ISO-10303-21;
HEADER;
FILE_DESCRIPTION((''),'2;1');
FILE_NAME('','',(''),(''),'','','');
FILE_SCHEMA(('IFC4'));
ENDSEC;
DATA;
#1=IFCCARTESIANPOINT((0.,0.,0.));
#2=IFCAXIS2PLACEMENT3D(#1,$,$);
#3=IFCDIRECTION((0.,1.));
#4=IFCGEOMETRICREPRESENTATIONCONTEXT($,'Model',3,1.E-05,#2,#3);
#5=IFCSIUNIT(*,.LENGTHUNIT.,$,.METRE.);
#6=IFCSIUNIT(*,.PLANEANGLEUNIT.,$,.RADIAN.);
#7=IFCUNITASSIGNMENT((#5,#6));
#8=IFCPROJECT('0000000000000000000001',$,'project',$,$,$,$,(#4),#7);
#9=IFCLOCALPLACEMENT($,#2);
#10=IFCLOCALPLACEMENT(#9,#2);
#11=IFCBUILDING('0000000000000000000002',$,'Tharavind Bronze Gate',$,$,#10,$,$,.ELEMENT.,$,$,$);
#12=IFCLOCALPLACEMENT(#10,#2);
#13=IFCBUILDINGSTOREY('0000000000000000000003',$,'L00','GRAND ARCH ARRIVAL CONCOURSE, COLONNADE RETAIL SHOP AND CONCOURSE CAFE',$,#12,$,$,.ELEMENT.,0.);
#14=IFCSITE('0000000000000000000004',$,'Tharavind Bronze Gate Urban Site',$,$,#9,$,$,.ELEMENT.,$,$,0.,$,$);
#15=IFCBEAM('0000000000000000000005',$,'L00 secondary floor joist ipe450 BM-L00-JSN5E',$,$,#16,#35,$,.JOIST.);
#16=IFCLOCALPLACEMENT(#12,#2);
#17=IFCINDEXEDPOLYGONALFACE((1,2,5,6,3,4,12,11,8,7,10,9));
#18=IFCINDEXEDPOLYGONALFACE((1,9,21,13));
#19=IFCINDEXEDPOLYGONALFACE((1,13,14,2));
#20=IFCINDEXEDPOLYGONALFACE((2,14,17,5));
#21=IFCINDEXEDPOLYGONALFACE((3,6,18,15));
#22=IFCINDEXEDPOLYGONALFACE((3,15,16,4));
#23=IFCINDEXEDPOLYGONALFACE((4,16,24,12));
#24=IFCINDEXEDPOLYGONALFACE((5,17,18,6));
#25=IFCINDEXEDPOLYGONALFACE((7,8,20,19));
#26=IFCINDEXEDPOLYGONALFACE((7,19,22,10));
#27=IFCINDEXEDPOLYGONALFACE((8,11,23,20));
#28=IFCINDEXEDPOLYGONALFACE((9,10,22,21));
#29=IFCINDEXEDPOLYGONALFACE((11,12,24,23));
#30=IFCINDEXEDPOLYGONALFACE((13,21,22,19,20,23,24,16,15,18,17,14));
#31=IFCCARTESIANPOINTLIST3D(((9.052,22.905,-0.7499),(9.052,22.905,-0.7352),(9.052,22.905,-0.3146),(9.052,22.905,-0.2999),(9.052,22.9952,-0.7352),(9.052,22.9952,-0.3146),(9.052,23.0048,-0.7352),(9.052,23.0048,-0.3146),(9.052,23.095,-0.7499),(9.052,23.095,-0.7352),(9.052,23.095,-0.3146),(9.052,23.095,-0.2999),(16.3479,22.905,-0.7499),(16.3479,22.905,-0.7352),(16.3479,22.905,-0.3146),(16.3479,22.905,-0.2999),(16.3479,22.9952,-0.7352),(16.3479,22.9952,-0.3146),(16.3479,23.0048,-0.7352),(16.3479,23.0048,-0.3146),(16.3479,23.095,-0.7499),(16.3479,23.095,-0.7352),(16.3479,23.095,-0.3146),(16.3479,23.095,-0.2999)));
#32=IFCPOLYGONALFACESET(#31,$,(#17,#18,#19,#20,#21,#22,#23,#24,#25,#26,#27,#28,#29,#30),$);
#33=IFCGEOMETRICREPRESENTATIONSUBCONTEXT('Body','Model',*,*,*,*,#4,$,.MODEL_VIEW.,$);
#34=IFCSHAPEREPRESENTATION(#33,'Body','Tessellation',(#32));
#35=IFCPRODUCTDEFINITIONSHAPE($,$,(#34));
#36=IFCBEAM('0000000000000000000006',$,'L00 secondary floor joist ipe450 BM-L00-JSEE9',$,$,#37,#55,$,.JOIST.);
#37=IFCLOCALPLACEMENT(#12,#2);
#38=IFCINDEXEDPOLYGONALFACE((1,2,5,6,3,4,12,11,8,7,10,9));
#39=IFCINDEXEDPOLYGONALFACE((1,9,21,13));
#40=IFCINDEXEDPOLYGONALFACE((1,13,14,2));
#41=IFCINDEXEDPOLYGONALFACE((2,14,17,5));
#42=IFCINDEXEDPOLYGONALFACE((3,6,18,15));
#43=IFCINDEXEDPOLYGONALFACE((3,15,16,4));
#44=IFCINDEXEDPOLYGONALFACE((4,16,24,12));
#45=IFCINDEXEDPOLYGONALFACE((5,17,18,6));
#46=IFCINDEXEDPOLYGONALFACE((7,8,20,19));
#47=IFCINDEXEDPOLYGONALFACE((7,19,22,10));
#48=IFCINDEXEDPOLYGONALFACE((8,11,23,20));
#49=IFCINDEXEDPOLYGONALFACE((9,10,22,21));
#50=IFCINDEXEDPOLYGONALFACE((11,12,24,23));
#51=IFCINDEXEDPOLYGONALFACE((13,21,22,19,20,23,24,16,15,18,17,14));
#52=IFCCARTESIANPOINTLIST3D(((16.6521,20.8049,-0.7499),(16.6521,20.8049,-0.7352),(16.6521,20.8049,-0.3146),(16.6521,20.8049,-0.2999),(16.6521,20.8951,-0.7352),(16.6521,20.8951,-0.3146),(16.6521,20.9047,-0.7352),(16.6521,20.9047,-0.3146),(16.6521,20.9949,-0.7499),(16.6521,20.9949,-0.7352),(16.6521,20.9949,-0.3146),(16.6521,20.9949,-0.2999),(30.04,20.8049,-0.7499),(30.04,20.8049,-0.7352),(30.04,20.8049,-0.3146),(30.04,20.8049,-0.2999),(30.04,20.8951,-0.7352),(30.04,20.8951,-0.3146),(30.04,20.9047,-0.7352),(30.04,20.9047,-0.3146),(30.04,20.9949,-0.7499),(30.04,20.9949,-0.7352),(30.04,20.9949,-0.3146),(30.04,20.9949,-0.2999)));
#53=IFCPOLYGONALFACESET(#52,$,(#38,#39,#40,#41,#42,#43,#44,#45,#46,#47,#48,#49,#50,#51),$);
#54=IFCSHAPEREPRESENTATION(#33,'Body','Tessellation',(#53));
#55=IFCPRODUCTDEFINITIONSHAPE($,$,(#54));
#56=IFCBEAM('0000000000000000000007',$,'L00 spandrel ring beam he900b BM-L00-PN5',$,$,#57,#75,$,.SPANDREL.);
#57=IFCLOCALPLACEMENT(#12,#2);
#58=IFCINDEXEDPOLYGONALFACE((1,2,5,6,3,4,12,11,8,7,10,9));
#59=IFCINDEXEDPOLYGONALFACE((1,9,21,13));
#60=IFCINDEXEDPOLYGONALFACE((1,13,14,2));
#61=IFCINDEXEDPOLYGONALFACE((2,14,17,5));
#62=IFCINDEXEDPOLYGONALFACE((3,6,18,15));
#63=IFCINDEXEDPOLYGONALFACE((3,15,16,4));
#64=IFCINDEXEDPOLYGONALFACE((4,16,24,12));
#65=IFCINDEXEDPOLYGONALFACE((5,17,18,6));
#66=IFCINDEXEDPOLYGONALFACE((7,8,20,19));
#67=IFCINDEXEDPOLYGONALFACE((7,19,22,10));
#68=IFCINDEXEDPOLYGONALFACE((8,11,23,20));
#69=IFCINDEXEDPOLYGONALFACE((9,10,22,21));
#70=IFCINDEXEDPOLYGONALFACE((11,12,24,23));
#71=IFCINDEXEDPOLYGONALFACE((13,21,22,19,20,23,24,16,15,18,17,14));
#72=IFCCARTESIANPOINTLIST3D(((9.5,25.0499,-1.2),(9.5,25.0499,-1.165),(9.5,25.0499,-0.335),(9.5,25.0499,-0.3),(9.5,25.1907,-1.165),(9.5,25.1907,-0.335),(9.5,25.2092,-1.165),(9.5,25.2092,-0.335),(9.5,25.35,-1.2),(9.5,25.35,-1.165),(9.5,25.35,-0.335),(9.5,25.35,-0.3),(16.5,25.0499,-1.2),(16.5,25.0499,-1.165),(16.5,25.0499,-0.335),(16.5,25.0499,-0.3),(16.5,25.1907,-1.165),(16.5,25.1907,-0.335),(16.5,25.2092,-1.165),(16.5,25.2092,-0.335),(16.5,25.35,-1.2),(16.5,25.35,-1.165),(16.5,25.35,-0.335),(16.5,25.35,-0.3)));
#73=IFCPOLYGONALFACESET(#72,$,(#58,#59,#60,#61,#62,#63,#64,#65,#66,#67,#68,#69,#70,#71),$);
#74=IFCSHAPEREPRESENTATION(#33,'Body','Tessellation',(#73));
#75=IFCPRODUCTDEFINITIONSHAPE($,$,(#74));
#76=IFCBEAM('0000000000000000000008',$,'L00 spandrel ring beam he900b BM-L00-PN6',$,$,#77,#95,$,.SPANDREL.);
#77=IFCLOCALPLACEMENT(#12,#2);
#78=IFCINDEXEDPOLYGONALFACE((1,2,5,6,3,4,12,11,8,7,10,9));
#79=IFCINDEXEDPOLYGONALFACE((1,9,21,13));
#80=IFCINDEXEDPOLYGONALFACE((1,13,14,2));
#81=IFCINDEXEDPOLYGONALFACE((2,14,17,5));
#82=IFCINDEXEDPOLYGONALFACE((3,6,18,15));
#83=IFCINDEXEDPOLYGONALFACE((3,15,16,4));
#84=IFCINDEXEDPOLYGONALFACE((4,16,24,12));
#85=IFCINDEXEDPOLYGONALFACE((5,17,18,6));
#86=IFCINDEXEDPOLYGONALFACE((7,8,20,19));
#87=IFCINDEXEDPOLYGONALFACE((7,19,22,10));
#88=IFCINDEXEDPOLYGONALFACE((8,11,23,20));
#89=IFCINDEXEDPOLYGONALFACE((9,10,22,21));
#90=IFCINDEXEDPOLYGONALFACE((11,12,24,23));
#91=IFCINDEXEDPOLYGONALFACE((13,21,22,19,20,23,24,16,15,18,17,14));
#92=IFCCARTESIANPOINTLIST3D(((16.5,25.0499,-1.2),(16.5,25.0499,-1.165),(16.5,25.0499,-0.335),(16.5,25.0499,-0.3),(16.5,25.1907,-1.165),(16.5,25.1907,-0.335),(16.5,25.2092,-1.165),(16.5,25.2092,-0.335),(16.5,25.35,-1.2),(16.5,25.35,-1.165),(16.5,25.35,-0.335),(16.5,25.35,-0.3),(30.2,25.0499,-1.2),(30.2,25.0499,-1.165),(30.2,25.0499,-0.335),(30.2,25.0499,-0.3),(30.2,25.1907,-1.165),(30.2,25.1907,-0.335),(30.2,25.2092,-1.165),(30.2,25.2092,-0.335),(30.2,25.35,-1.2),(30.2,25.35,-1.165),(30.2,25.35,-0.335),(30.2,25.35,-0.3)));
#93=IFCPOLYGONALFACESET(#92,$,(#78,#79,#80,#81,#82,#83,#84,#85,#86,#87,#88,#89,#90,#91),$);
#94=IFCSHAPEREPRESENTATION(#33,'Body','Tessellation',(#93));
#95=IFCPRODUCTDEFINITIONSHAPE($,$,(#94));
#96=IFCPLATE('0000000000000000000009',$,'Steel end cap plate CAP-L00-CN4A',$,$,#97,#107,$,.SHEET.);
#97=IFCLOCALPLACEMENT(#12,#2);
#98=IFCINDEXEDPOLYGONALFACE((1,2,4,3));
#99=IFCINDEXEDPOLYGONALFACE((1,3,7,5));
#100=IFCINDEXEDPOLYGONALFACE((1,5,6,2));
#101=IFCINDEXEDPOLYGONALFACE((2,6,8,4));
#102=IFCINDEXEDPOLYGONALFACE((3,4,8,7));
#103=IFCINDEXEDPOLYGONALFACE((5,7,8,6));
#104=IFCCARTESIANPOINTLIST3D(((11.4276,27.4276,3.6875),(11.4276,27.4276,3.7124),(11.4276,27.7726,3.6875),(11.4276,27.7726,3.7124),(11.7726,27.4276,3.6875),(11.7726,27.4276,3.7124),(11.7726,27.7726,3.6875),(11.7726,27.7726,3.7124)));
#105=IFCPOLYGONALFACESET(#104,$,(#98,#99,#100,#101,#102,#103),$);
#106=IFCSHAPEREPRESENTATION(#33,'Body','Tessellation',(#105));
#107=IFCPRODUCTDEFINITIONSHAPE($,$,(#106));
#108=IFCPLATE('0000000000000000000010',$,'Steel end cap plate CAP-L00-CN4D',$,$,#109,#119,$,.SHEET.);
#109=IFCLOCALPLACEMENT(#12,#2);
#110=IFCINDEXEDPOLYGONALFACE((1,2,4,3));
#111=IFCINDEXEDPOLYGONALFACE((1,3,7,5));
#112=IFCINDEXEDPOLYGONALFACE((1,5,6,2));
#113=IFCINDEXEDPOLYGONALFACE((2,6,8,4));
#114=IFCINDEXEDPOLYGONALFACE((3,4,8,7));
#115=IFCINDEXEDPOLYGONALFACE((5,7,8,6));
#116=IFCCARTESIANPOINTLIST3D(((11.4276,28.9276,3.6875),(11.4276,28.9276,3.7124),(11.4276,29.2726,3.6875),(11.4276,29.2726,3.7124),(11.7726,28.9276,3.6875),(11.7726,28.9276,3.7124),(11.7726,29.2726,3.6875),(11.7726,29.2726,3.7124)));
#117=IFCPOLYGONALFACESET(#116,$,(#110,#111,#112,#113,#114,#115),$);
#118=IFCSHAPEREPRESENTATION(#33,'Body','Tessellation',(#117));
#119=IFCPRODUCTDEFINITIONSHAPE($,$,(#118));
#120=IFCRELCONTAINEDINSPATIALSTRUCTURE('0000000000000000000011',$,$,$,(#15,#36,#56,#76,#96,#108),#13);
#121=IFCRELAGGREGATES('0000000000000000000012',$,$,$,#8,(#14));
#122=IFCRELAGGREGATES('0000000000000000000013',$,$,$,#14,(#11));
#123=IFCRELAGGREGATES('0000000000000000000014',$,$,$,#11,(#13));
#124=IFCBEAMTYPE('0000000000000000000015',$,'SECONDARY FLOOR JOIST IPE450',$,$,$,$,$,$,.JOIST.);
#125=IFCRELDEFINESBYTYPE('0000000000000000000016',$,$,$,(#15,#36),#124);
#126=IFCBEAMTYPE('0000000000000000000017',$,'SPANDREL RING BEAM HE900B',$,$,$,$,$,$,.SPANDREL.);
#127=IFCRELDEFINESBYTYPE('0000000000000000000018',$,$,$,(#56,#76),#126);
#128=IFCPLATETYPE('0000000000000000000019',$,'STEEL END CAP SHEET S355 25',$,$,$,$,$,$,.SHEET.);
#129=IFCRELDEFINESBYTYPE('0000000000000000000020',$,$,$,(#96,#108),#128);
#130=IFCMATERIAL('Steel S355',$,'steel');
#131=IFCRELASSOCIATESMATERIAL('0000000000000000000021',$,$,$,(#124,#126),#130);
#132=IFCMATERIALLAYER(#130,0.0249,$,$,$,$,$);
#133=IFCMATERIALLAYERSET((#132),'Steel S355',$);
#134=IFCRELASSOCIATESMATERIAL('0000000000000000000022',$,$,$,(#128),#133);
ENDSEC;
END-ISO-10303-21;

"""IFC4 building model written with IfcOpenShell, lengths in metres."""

from ifc_helpers import new_model, si_unit, direction, frame, origin, origin_2d, place, context, subcontext, project, spatial, rectangle, i_section, extrude, material, layer, layer_set, material_profile, profile_set, type_object, element, save


model = new_model("IFC4")

# Units and contexts
model_context = context("Model", 3, precision=1e-05, world=origin(), true_north=direction((0.0, 1.0)))
body_context = subcontext(model_context, "Body", "Model", "MODEL_VIEW")
ifc_project = project(units=[si_unit("LENGTHUNIT", "METRE"), si_unit("PLANEANGLEUNIT", "RADIAN")], contexts=[model_context])

# Site, building, storey
site_placement = place(None, origin())
site = spatial("IfcSite", under=ifc_project, at=site_placement, Name="Tharavind Bronze Gate Urban Site", CompositionType="ELEMENT", RefElevation=0.0)
building_placement = place(site_placement, origin())
building = spatial("IfcBuilding", under=site, at=building_placement, Name="Tharavind Bronze Gate", CompositionType="ELEMENT")
storey_placement = place(building_placement, origin())
storey = spatial("IfcBuildingStorey", under=building, at=storey_placement, Name="L00", Description="GRAND ARCH ARRIVAL CONCOURSE, COLONNADE RETAIL SHOP AND CONCOURSE CAFE", CompositionType="ELEMENT", Elevation=0.0)

# Shared definitions
ifc_material_1 = material(Name="Steel S355", Category="steel")

# Beams
ifc_material_profile_1 = material_profile(ifc_material_1, i_section(OverallWidth=0.1899, OverallDepth=0.45, WebThickness=0.0095, FlangeThickness=0.0146, at=origin_2d()), Name="IPE450")
ifc_profile_set_1 = profile_set([ifc_material_profile_1], Name="Steel S355")
beam_type_1 = type_object("IfcBeamType", Name="SECONDARY FLOOR JOIST IPE450", PredefinedType="JOIST", material=ifc_profile_set_1)
for number, where, z_axis, x_axis, name in (
    (1, (9.052, 23.0, -0.5249), (1.0, 0.0, 0.0), (0.0, 1.0, 0.0), "L00 secondary floor joist ipe450 BM-L00-JSN5E"),
):
    element("IfcBeam", number, at=place(storey_placement, frame(where, z_axis=z_axis, x_axis=x_axis)), inside=storey, type_object=beam_type_1, Name=name, PredefinedType="JOIST", context=body_context, shape_type="SweptSolid", body=[
        extrude(i_section(OverallWidth=0.1899, OverallDepth=0.45, WebThickness=0.0095, FlangeThickness=0.0146, at=origin_2d()), origin(), (0.0, 0.0, 1.0), 7.2959),
    ])
beam_1_placement = place(storey_placement, frame((16.6521, 20.8999, -0.5249), z_axis=(1.0, 0.0, 0.0), x_axis=(0.0, 1.0, 0.0)))
element("IfcBeam", 2, at=beam_1_placement, inside=storey, type_object=beam_type_1, Name="L00 secondary floor joist ipe450 BM-L00-JSEE9", PredefinedType="JOIST", context=body_context, shape_type="SweptSolid", body=[
    extrude(i_section(OverallWidth=0.1899, OverallDepth=0.45, WebThickness=0.0095, FlangeThickness=0.0146, at=origin_2d()), origin(), (0.0, 0.0, 1.0), 13.3879),
])
ifc_material_profile_2 = material_profile(ifc_material_1, i_section(OverallWidth=0.3, OverallDepth=0.8999, WebThickness=0.0186, FlangeThickness=0.0349, at=origin_2d()), Name="HE900B")
ifc_profile_set_2 = profile_set([ifc_material_profile_2], Name="Steel S355")
beam_type_2 = type_object("IfcBeamType", Name="SPANDREL RING BEAM HE900B", PredefinedType="SPANDREL", material=ifc_profile_set_2)
beam_2_placement = place(storey_placement, frame((9.5, 25.2, -0.75), z_axis=(1.0, 0.0, 0.0), x_axis=(0.0, 1.0, 0.0)))
element("IfcBeam", 3, at=beam_2_placement, inside=storey, type_object=beam_type_2, Name="L00 spandrel ring beam he900b BM-L00-PN5", PredefinedType="SPANDREL", context=body_context, shape_type="SweptSolid", body=[
    extrude(i_section(OverallWidth=0.3, OverallDepth=0.8999, WebThickness=0.0186, FlangeThickness=0.0349, at=origin_2d()), origin(), (0.0, 0.0, 1.0), 7.0),
])
beam_3_placement = place(storey_placement, frame((16.5, 25.2, -0.75), z_axis=(1.0, 0.0, 0.0), x_axis=(0.0, 1.0, 0.0)))
element("IfcBeam", 4, at=beam_3_placement, inside=storey, type_object=beam_type_2, Name="L00 spandrel ring beam he900b BM-L00-PN6", PredefinedType="SPANDREL", context=body_context, shape_type="SweptSolid", body=[
    extrude(i_section(OverallWidth=0.3, OverallDepth=0.8999, WebThickness=0.0186, FlangeThickness=0.0349, at=origin_2d()), origin(), (0.0, 0.0, 1.0), 13.7),
])

# Plates
ifc_layer = layer(ifc_material_1, 0.0249)
ifc_layer_set = layer_set([ifc_layer], Name="Steel S355")
plate_type = type_object("IfcPlateType", Name="STEEL END CAP SHEET S355 25", PredefinedType="SHEET", material=ifc_layer_set)
for number, where, z_axis, x_axis, name in (
    (5, (11.6001, 27.6001, 3.6875), (0.0, 0.0, 1.0), (1.0, 0.0, 0.0), "Steel end cap plate CAP-L00-CN4A"),
    (6, (11.6001, 29.1001, 3.6875), (0.0, 0.0, 1.0), (1.0, 0.0, 0.0), "Steel end cap plate CAP-L00-CN4D"),
):
    element("IfcPlate", number, at=place(storey_placement, frame(where, z_axis=z_axis, x_axis=x_axis)), inside=storey, type_object=plate_type, Name=name, PredefinedType="SHEET", context=body_context, shape_type="SweptSolid", body=[
        extrude(rectangle(XDim=0.345, YDim=0.345, at=origin_2d()), origin(), (0.0, 0.0, 1.0), 0.0249),
    ])

save(model, "model.ifc")
